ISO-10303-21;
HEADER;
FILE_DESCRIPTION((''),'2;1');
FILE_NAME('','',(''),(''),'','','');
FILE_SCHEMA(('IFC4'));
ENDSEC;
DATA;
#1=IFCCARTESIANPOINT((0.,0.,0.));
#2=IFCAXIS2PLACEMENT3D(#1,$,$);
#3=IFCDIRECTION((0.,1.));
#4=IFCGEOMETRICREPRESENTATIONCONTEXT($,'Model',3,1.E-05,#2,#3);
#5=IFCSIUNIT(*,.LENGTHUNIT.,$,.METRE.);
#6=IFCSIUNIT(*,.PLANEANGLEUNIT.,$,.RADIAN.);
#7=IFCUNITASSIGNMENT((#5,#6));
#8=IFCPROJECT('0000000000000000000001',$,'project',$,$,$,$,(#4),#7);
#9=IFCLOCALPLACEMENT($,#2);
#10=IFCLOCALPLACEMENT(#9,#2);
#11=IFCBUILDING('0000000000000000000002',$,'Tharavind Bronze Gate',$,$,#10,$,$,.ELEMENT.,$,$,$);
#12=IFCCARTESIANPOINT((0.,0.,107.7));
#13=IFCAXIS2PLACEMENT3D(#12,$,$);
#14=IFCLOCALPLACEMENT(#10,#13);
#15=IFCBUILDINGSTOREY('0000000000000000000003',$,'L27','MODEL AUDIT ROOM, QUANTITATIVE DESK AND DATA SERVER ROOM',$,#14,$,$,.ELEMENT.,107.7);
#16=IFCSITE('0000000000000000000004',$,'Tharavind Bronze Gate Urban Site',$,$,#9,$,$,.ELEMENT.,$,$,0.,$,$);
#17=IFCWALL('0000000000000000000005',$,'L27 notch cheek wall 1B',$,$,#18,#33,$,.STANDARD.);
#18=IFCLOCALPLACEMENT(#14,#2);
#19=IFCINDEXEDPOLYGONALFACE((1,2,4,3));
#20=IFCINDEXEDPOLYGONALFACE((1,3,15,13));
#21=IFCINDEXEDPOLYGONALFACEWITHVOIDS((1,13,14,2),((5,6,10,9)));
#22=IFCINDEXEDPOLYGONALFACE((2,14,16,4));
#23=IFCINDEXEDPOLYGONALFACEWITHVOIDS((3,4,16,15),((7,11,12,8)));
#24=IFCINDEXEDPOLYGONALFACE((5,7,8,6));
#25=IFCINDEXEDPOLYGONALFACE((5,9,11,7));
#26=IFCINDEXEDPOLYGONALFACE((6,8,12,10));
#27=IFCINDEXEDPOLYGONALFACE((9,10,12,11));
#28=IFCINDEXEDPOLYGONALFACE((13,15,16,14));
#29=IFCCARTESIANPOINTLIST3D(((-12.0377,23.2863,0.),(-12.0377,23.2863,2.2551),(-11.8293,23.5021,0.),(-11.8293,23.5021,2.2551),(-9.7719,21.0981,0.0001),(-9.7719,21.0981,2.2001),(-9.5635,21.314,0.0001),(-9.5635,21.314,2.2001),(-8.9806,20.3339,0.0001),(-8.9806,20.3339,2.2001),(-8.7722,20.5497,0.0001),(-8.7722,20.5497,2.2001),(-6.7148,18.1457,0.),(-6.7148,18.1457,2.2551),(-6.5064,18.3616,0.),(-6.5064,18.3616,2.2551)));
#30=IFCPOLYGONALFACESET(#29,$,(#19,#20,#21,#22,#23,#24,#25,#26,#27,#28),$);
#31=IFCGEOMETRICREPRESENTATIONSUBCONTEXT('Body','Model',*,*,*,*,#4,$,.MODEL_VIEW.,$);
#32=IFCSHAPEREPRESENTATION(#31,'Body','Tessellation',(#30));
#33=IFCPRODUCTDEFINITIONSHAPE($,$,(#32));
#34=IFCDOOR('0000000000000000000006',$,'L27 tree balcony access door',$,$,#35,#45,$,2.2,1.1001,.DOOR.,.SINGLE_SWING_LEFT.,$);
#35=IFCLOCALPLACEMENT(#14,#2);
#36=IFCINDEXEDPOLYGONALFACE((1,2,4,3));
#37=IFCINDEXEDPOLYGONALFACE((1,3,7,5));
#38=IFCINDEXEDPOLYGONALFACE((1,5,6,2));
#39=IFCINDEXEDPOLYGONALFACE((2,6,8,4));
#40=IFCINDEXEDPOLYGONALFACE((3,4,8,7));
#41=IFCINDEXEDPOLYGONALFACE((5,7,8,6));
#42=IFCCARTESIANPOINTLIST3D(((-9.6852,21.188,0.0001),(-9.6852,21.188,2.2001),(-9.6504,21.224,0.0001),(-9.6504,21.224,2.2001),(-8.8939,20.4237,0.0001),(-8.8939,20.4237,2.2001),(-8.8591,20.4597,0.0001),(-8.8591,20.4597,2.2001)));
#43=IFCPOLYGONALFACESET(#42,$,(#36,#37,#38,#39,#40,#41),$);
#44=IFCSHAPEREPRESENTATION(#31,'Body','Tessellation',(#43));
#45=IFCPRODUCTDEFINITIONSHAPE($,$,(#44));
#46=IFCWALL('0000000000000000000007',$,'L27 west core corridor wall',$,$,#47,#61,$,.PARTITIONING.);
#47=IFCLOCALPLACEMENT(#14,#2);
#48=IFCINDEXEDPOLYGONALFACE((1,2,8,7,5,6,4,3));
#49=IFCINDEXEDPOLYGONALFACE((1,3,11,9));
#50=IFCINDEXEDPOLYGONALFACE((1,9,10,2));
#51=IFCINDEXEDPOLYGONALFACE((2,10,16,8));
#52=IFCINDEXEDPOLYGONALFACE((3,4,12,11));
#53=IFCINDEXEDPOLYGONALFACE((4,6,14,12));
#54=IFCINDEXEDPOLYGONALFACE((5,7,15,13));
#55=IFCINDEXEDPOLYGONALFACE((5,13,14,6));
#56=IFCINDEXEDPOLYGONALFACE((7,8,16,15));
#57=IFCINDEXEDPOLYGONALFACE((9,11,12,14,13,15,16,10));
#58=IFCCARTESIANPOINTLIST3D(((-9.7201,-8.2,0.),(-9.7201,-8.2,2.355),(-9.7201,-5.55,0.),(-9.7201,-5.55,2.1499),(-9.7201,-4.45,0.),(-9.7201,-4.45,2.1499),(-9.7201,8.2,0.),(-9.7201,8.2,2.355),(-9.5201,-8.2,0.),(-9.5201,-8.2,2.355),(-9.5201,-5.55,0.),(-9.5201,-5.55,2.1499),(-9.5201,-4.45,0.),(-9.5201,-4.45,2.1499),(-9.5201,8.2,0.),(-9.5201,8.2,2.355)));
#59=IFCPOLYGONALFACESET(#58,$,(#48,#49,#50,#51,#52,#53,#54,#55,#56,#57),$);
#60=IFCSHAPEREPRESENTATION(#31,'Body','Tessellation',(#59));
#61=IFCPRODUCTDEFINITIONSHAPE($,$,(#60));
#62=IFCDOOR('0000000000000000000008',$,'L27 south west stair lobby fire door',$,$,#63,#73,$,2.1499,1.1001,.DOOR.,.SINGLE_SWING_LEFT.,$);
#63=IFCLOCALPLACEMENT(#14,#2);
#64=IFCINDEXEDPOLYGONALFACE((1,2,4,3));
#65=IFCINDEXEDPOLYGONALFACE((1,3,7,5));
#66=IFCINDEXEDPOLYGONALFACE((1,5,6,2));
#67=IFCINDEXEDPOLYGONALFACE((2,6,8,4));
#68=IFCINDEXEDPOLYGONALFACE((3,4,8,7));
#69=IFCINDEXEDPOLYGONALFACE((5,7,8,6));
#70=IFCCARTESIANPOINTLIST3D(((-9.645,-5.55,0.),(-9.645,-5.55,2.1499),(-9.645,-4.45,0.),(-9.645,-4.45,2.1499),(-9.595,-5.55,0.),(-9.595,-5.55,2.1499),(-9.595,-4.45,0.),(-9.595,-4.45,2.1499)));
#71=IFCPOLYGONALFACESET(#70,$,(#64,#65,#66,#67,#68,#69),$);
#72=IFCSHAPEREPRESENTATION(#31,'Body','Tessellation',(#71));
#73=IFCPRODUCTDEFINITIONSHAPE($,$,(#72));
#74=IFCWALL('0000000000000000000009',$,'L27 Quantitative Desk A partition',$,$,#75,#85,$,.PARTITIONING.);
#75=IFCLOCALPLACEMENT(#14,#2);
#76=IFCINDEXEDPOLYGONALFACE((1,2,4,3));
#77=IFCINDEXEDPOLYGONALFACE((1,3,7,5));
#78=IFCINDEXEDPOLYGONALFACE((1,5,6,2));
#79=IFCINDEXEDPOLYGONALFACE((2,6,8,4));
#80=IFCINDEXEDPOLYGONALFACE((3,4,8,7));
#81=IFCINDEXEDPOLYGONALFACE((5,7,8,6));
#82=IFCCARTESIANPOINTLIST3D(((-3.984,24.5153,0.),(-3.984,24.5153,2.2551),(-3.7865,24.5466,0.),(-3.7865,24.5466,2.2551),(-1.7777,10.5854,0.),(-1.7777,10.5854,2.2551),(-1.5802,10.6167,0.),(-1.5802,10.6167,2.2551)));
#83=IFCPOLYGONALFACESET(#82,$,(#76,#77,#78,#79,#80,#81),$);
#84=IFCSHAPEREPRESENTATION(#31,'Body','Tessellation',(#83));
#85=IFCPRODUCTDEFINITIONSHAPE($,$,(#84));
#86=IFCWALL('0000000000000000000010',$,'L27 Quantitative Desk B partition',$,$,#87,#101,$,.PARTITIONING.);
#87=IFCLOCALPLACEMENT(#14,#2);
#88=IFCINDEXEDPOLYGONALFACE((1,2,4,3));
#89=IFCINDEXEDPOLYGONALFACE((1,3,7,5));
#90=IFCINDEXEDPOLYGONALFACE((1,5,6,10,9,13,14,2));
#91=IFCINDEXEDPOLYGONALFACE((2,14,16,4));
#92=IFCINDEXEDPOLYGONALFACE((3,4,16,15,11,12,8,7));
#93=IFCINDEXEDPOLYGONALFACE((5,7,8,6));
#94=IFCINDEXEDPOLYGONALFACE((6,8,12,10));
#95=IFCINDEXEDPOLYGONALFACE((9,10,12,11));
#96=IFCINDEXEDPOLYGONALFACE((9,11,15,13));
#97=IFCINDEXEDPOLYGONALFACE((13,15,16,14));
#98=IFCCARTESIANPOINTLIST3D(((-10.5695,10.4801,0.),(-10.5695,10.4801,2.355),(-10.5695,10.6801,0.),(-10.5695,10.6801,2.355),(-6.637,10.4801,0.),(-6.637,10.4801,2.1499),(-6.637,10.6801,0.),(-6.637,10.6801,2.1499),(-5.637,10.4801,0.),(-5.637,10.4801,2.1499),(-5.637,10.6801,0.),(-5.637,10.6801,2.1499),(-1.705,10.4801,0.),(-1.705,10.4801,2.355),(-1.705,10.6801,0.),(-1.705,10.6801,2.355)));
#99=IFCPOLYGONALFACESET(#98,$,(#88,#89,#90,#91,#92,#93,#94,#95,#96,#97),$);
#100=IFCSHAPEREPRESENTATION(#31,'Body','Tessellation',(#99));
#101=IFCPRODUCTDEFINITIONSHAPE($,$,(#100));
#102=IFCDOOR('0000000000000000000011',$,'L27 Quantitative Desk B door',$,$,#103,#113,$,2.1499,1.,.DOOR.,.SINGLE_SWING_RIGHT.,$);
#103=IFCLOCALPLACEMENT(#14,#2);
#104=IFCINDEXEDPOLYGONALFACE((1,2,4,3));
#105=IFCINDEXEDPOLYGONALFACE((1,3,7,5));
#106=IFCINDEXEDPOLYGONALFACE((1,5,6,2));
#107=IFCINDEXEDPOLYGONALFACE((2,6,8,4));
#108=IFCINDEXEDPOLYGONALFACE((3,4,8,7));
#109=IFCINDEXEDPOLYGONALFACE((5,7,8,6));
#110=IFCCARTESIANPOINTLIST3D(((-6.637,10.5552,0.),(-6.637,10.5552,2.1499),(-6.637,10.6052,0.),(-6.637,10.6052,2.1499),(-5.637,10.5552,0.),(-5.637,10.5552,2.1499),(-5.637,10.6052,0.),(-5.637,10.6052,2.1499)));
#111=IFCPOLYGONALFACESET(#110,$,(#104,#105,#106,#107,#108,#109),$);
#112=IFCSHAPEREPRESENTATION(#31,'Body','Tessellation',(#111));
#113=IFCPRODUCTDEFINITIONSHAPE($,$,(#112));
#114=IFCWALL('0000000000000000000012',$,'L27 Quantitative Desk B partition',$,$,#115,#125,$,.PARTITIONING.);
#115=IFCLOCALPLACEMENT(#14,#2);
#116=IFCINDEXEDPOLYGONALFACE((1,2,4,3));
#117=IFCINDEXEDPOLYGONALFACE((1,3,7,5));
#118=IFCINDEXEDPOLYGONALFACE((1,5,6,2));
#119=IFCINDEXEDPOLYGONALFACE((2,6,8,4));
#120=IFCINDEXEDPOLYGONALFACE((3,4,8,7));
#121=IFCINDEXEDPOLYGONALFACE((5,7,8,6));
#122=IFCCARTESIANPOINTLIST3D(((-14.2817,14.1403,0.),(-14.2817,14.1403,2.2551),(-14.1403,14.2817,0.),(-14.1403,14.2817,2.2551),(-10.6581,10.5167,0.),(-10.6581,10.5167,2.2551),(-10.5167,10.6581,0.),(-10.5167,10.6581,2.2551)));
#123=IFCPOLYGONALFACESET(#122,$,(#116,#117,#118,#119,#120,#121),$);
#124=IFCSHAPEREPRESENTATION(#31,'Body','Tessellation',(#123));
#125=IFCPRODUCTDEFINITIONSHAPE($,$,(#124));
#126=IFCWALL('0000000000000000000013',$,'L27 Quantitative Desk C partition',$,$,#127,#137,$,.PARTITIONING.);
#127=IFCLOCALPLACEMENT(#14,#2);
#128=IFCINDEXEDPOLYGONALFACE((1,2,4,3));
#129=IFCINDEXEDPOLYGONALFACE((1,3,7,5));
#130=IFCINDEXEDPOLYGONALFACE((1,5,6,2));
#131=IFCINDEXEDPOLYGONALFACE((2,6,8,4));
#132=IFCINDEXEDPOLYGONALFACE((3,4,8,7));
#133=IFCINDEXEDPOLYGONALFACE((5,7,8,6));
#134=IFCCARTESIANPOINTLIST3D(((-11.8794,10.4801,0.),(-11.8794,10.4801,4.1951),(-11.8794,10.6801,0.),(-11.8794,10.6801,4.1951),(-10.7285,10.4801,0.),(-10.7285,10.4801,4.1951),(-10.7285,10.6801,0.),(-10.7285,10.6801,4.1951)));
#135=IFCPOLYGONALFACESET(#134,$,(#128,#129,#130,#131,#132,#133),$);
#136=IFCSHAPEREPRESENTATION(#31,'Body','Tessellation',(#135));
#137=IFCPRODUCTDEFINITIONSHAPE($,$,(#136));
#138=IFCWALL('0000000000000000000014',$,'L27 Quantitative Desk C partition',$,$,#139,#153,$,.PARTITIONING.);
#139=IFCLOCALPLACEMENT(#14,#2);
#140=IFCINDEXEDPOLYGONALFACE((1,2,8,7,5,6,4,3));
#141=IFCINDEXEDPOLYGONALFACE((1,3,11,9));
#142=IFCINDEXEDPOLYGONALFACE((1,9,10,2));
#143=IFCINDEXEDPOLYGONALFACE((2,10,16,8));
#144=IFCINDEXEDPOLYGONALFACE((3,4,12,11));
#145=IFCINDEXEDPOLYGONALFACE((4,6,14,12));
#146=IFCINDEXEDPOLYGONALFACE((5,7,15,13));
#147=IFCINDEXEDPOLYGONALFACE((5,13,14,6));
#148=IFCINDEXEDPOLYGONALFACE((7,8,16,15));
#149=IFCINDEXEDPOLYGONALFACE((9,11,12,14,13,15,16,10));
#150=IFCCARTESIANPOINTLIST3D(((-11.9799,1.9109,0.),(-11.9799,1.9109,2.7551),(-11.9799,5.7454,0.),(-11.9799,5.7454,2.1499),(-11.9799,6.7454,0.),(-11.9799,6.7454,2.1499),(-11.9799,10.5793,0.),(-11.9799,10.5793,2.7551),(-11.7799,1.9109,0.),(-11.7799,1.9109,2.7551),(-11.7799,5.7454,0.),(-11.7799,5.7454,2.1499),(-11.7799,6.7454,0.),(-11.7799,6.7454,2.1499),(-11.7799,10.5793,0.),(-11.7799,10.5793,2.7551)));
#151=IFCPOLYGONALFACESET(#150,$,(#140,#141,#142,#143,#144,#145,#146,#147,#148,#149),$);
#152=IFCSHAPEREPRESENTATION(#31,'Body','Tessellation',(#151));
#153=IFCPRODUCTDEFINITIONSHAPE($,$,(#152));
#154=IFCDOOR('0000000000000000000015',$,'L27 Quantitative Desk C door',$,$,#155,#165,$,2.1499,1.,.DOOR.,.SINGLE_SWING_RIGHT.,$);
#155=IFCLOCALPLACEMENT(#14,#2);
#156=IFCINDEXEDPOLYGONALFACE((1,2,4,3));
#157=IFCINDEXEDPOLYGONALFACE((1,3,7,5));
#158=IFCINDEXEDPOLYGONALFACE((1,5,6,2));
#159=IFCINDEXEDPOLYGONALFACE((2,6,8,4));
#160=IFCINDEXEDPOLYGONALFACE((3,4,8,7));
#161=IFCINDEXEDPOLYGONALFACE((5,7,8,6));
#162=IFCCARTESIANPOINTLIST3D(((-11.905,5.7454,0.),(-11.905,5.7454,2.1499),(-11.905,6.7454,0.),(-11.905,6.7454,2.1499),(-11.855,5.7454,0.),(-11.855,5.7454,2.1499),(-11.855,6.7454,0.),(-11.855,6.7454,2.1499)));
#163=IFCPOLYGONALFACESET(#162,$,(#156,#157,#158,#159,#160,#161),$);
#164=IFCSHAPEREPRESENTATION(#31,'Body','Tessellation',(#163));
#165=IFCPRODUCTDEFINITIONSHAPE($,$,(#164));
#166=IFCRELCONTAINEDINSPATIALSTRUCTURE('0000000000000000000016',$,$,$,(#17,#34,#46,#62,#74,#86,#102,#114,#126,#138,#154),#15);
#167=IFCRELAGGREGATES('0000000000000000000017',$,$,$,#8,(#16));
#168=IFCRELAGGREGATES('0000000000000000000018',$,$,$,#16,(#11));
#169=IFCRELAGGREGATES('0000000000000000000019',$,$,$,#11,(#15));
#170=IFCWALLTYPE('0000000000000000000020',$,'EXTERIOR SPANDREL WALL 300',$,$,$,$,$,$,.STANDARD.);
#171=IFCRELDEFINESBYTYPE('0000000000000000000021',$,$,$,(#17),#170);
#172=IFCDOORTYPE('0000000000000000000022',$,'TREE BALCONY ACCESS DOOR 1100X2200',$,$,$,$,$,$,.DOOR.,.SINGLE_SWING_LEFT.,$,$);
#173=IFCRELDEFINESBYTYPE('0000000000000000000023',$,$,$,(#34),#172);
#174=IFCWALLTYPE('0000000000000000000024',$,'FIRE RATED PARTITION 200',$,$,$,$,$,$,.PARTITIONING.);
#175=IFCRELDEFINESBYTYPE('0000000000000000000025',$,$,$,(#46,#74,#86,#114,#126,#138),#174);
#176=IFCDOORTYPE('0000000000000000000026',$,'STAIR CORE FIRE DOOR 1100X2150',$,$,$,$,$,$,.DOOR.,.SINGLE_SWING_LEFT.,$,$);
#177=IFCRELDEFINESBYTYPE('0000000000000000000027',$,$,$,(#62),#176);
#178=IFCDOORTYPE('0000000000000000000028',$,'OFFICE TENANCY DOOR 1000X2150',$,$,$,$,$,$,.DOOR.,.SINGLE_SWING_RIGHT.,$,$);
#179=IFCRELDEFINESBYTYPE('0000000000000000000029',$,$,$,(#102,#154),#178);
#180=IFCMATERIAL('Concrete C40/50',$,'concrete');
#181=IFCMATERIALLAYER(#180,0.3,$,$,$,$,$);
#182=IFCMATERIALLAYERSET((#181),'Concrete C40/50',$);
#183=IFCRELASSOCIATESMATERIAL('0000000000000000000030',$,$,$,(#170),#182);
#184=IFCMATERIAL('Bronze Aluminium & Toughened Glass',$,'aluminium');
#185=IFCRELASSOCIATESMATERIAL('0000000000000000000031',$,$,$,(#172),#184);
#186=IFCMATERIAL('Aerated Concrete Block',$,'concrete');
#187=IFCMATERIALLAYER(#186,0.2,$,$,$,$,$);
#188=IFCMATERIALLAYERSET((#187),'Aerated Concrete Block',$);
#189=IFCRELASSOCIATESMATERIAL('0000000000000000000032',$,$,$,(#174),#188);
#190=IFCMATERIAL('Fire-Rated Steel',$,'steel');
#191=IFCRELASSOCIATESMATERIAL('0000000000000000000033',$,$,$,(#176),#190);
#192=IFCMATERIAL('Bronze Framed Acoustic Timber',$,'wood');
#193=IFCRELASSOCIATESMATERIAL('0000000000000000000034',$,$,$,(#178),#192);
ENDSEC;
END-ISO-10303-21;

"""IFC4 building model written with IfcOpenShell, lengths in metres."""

from ifc_helpers import new_model, si_unit, direction, frame, frame_2d, origin, place, context, subcontext, project, spatial, rectangle, extrude, material, layer, layer_set, type_object, element, fill, save


model = new_model("IFC4")

# Units and contexts
model_context = context("Model", 3, precision=1e-05, world=origin(), true_north=direction((0.0, 1.0)))
body_context = subcontext(model_context, "Body", "Model", "MODEL_VIEW")
ifc_project = project(units=[si_unit("LENGTHUNIT", "METRE"), si_unit("PLANEANGLEUNIT", "RADIAN")], contexts=[model_context])

# Site, building, storey
site_placement = place(None, origin())
site = spatial("IfcSite", under=ifc_project, at=site_placement, Name="Tharavind Bronze Gate Urban Site", CompositionType="ELEMENT", RefElevation=0.0)
building_placement = place(site_placement, origin())
building = spatial("IfcBuilding", under=site, at=building_placement, Name="Tharavind Bronze Gate", CompositionType="ELEMENT")
storey_placement = place(building_placement, frame((0.0, 0.0, 107.7)))
storey = spatial("IfcBuildingStorey", under=building, at=storey_placement, Name="L27", Description="MODEL AUDIT ROOM, QUANTITATIVE DESK AND DATA SERVER ROOM", CompositionType="ELEMENT", Elevation=107.7)

# Walls, openings, doors
ifc_material_1 = material(Name="Concrete C40/50", Category="concrete")
ifc_layer_1 = layer(ifc_material_1, 0.3)
ifc_layer_set_1 = layer_set([ifc_layer_1], Name="Concrete C40/50")
wall_type_1 = type_object("IfcWallType", Name="EXTERIOR SPANDREL WALL 300", PredefinedType="STANDARD", material=ifc_layer_set_1)
wall_1_placement = place(storey_placement, frame((-6.6106, 18.2537, 0.0), z_axis=(0.0, 0.0, 1.0), x_axis=(-0.719322, 0.694677, 0.0)))
wall_1 = element("IfcWall", 1, at=wall_1_placement, inside=storey, type_object=wall_type_1, Name="L27 notch cheek wall 1B", PredefinedType="STANDARD", context=body_context, shape_type="SweptSolid", body=[
    extrude(rectangle(XDim=7.3999, YDim=0.3, at=frame_2d((3.7, 0.0))), origin(), (0.0, 0.0, 1.0), 2.2551),
])
opening_1_placement = place(wall_1_placement, frame((3.1499, 0.0, 0.0)))
opening_1 = element("IfcOpeningElement", 2, at=opening_1_placement, cuts=wall_1, PredefinedType="OPENING", context=body_context, shape_type="SweptSolid", body=[
    extrude(rectangle(XDim=1.1001, YDim=2.2, at=frame_2d((0.55, 1.1001))), frame((0.0, 0.1599, 0.0), z_axis=(0.0, -1.0, 0.0), x_axis=(1.0, 0.0, 0.0)), (0.0, 0.0, 1.0), 0.32),
])
ifc_material_2 = material(Name="Bronze Aluminium & Toughened Glass", Category="aluminium")
door_type_1 = type_object("IfcDoorType", Name="TREE BALCONY ACCESS DOOR 1100X2200", OperationType="SINGLE_SWING_LEFT", PredefinedType="DOOR", material=ifc_material_2)
door_1_placement = place(opening_1_placement, frame((1.1001, 0.0, 0.0), z_axis=(0.0, 0.0, 1.0), x_axis=(-1.0, 0.0, 0.0)))
door_1 = element("IfcDoor", 3, at=door_1_placement, inside=storey, type_object=door_type_1, Name="L27 tree balcony access door", OperationType="SINGLE_SWING_LEFT", OverallHeight=2.2, OverallWidth=1.1001, PredefinedType="DOOR", context=body_context, shape_type="SweptSolid", body=[
    extrude(rectangle(XDim=1.1001, YDim=2.2, at=frame_2d((0.55, 1.1001))), frame((0.0, 0.0249, 0.0), z_axis=(0.0, -1.0, 0.0), x_axis=(1.0, 0.0, 0.0)), (0.0, 0.0, 1.0), 0.05),
])
fill(opening_1, door_1)
ifc_material_3 = material(Name="Aerated Concrete Block", Category="concrete")
ifc_layer_2 = layer(ifc_material_3, 0.2)
ifc_layer_set_2 = layer_set([ifc_layer_2], Name="Aerated Concrete Block")
wall_type_2 = type_object("IfcWallType", Name="FIRE RATED PARTITION 200", PredefinedType="PARTITIONING", material=ifc_layer_set_2)
wall_2_placement = place(storey_placement, frame((-9.6201, 8.2, 0.0), z_axis=(0.0, 0.0, 1.0), x_axis=(0.0, -1.0, 0.0)))
wall_2 = element("IfcWall", 4, at=wall_2_placement, inside=storey, type_object=wall_type_2, Name="L27 west core corridor wall", PredefinedType="PARTITIONING", context=body_context, shape_type="SweptSolid", body=[
    extrude(rectangle(XDim=16.3999, YDim=0.2, at=frame_2d((8.2, 0.0))), origin(), (0.0, 0.0, 1.0), 2.355),
])
opening_2_placement = place(wall_2_placement, frame((12.6499, 0.0, 0.0)))
opening_2 = element("IfcOpeningElement", 5, at=opening_2_placement, cuts=wall_2, PredefinedType="OPENING", context=body_context, shape_type="SweptSolid", body=[
    extrude(rectangle(XDim=1.1001, YDim=2.1499, at=frame_2d((0.55, 1.075))), frame((0.0, 0.1101, 0.0), z_axis=(0.0, -1.0, 0.0), x_axis=(1.0, 0.0, 0.0)), (0.0, 0.0, 1.0), 0.22),
])
ifc_material_4 = material(Name="Fire-Rated Steel", Category="steel")
door_type_2 = type_object("IfcDoorType", Name="STAIR CORE FIRE DOOR 1100X2150", OperationType="SINGLE_SWING_LEFT", PredefinedType="DOOR", material=ifc_material_4)
door_2_placement = place(opening_2_placement, frame((1.1001, 0.0, 0.0), z_axis=(0.0, 0.0, 1.0), x_axis=(-1.0, 0.0, 0.0)))
door_2 = element("IfcDoor", 6, at=door_2_placement, inside=storey, type_object=door_type_2, Name="L27 south west stair lobby fire door", OperationType="SINGLE_SWING_LEFT", OverallHeight=2.1499, OverallWidth=1.1001, PredefinedType="DOOR", context=body_context, shape_type="SweptSolid", body=[
    extrude(rectangle(XDim=1.1001, YDim=2.1499, at=frame_2d((0.55, 1.075))), frame((0.0, 0.0249, 0.0), z_axis=(0.0, -1.0, 0.0), x_axis=(1.0, 0.0, 0.0)), (0.0, 0.0, 1.0), 0.05),
])
fill(opening_2, door_2)

# Wall
wall_3_placement = place(storey_placement, frame((-1.679, 10.6011, 0.0), z_axis=(0.0, 0.0, 1.0), x_axis=(-0.156435, 0.987688, 0.0)))
element("IfcWall", 7, at=wall_3_placement, inside=storey, type_object=wall_type_2, Name="L27 Quantitative Desk A partition", PredefinedType="PARTITIONING", context=body_context, shape_type="SweptSolid", body=[
    extrude(rectangle(XDim=14.1035, YDim=0.2, at=frame_2d((7.0518, 0.0))), origin(), (0.0, 0.0, 1.0), 2.2551),
])

# Wall, opening, door
wall_4_placement = place(storey_placement, frame((-1.7051, 10.5801, 0.0), z_axis=(0.0, 0.0, 1.0), x_axis=(-1.0, 0.0, 0.0)))
wall_4 = element("IfcWall", 8, at=wall_4_placement, inside=storey, type_object=wall_type_2, Name="L27 Quantitative Desk B partition", PredefinedType="PARTITIONING", context=body_context, shape_type="SweptSolid", body=[
    extrude(rectangle(XDim=8.8645, YDim=0.2, at=frame_2d((4.4321, 0.0))), origin(), (0.0, 0.0, 1.0), 2.355),
])
opening_3_placement = place(wall_4_placement, frame((3.9319, 0.0, 0.0)))
opening_3 = element("IfcOpeningElement", 9, at=opening_3_placement, cuts=wall_4, PredefinedType="OPENING", context=body_context, shape_type="SweptSolid", body=[
    extrude(rectangle(XDim=1.0, YDim=2.1499, at=frame_2d((0.5, 1.075))), frame((0.0, 0.1101, 0.0), z_axis=(0.0, -1.0, 0.0), x_axis=(1.0, 0.0, 0.0)), (0.0, 0.0, 1.0), 0.22),
])
ifc_material_5 = material(Name="Bronze Framed Acoustic Timber", Category="wood")
door_type_3 = type_object("IfcDoorType", Name="OFFICE TENANCY DOOR 1000X2150", OperationType="SINGLE_SWING_RIGHT", PredefinedType="DOOR", material=ifc_material_5)
door_3_placement = place(opening_3_placement, origin())
door_3 = element("IfcDoor", 10, at=door_3_placement, inside=storey, type_object=door_type_3, Name="L27 Quantitative Desk B door", OperationType="SINGLE_SWING_RIGHT", OverallHeight=2.1499, OverallWidth=1.0, PredefinedType="DOOR", context=body_context, shape_type="SweptSolid", body=[
    extrude(rectangle(XDim=1.0, YDim=2.1499, at=frame_2d((0.5, 1.075))), frame((0.0, 0.0249, 0.0), z_axis=(0.0, -1.0, 0.0), x_axis=(1.0, 0.0, 0.0)), (0.0, 0.0, 1.0), 0.05),
])
fill(opening_3, door_3)

# Walls
wall_5_placement = place(storey_placement, frame((-10.5874, 10.5874, 0.0), z_axis=(0.0, 0.0, 1.0), x_axis=(-0.707107, 0.707107, 0.0)))
element("IfcWall", 11, at=wall_5_placement, inside=storey, type_object=wall_type_2, Name="L27 Quantitative Desk B partition", PredefinedType="PARTITIONING", context=body_context, shape_type="SweptSolid", body=[
    extrude(rectangle(XDim=5.1245, YDim=0.2, at=frame_2d((2.5623, 0.0))), origin(), (0.0, 0.0, 1.0), 2.2551),
])
wall_6_placement = place(storey_placement, frame((-10.7285, 10.5801, 0.0), z_axis=(0.0, 0.0, 1.0), x_axis=(-1.0, 0.0, 0.0)))
element("IfcWall", 12, at=wall_6_placement, inside=storey, type_object=wall_type_2, Name="L27 Quantitative Desk C partition", PredefinedType="PARTITIONING", context=body_context, shape_type="SweptSolid", body=[
    extrude(rectangle(XDim=1.1509, YDim=0.2, at=frame_2d((0.5754, 0.0))), origin(), (0.0, 0.0, 1.0), 4.1951),
])

# Wall, opening, door
wall_7_placement = place(storey_placement, frame((-11.8799, 10.5793, 0.0), z_axis=(0.0, 0.0, 1.0), x_axis=(0.0, -1.0, 0.0)))
wall_7 = element("IfcWall", 13, at=wall_7_placement, inside=storey, type_object=wall_type_2, Name="L27 Quantitative Desk C partition", PredefinedType="PARTITIONING", context=body_context, shape_type="SweptSolid", body=[
    extrude(rectangle(XDim=8.6685, YDim=0.2, at=frame_2d((4.3342, 0.0))), origin(), (0.0, 0.0, 1.0), 2.7551),
])
opening_4_placement = place(wall_7_placement, frame((3.834, 0.0, 0.0)))
opening_4 = element("IfcOpeningElement", 14, at=opening_4_placement, cuts=wall_7, PredefinedType="OPENING", context=body_context, shape_type="SweptSolid", body=[
    extrude(rectangle(XDim=1.0, YDim=2.1499, at=frame_2d((0.5, 1.075))), frame((0.0, 0.1101, 0.0), z_axis=(0.0, -1.0, 0.0), x_axis=(1.0, 0.0, 0.0)), (0.0, 0.0, 1.0), 0.22),
])
door_4_placement = place(opening_4_placement, origin())
door_4 = element("IfcDoor", 15, at=door_4_placement, inside=storey, type_object=door_type_3, Name="L27 Quantitative Desk C door", OperationType="SINGLE_SWING_RIGHT", OverallHeight=2.1499, OverallWidth=1.0, PredefinedType="DOOR", context=body_context, shape_type="SweptSolid", body=[
    extrude(rectangle(XDim=1.0, YDim=2.1499, at=frame_2d((0.5, 1.075))), frame((0.0, 0.0249, 0.0), z_axis=(0.0, -1.0, 0.0), x_axis=(1.0, 0.0, 0.0)), (0.0, 0.0, 1.0), 0.05),
])
fill(opening_4, door_4)

save(model, "model.ifc")
